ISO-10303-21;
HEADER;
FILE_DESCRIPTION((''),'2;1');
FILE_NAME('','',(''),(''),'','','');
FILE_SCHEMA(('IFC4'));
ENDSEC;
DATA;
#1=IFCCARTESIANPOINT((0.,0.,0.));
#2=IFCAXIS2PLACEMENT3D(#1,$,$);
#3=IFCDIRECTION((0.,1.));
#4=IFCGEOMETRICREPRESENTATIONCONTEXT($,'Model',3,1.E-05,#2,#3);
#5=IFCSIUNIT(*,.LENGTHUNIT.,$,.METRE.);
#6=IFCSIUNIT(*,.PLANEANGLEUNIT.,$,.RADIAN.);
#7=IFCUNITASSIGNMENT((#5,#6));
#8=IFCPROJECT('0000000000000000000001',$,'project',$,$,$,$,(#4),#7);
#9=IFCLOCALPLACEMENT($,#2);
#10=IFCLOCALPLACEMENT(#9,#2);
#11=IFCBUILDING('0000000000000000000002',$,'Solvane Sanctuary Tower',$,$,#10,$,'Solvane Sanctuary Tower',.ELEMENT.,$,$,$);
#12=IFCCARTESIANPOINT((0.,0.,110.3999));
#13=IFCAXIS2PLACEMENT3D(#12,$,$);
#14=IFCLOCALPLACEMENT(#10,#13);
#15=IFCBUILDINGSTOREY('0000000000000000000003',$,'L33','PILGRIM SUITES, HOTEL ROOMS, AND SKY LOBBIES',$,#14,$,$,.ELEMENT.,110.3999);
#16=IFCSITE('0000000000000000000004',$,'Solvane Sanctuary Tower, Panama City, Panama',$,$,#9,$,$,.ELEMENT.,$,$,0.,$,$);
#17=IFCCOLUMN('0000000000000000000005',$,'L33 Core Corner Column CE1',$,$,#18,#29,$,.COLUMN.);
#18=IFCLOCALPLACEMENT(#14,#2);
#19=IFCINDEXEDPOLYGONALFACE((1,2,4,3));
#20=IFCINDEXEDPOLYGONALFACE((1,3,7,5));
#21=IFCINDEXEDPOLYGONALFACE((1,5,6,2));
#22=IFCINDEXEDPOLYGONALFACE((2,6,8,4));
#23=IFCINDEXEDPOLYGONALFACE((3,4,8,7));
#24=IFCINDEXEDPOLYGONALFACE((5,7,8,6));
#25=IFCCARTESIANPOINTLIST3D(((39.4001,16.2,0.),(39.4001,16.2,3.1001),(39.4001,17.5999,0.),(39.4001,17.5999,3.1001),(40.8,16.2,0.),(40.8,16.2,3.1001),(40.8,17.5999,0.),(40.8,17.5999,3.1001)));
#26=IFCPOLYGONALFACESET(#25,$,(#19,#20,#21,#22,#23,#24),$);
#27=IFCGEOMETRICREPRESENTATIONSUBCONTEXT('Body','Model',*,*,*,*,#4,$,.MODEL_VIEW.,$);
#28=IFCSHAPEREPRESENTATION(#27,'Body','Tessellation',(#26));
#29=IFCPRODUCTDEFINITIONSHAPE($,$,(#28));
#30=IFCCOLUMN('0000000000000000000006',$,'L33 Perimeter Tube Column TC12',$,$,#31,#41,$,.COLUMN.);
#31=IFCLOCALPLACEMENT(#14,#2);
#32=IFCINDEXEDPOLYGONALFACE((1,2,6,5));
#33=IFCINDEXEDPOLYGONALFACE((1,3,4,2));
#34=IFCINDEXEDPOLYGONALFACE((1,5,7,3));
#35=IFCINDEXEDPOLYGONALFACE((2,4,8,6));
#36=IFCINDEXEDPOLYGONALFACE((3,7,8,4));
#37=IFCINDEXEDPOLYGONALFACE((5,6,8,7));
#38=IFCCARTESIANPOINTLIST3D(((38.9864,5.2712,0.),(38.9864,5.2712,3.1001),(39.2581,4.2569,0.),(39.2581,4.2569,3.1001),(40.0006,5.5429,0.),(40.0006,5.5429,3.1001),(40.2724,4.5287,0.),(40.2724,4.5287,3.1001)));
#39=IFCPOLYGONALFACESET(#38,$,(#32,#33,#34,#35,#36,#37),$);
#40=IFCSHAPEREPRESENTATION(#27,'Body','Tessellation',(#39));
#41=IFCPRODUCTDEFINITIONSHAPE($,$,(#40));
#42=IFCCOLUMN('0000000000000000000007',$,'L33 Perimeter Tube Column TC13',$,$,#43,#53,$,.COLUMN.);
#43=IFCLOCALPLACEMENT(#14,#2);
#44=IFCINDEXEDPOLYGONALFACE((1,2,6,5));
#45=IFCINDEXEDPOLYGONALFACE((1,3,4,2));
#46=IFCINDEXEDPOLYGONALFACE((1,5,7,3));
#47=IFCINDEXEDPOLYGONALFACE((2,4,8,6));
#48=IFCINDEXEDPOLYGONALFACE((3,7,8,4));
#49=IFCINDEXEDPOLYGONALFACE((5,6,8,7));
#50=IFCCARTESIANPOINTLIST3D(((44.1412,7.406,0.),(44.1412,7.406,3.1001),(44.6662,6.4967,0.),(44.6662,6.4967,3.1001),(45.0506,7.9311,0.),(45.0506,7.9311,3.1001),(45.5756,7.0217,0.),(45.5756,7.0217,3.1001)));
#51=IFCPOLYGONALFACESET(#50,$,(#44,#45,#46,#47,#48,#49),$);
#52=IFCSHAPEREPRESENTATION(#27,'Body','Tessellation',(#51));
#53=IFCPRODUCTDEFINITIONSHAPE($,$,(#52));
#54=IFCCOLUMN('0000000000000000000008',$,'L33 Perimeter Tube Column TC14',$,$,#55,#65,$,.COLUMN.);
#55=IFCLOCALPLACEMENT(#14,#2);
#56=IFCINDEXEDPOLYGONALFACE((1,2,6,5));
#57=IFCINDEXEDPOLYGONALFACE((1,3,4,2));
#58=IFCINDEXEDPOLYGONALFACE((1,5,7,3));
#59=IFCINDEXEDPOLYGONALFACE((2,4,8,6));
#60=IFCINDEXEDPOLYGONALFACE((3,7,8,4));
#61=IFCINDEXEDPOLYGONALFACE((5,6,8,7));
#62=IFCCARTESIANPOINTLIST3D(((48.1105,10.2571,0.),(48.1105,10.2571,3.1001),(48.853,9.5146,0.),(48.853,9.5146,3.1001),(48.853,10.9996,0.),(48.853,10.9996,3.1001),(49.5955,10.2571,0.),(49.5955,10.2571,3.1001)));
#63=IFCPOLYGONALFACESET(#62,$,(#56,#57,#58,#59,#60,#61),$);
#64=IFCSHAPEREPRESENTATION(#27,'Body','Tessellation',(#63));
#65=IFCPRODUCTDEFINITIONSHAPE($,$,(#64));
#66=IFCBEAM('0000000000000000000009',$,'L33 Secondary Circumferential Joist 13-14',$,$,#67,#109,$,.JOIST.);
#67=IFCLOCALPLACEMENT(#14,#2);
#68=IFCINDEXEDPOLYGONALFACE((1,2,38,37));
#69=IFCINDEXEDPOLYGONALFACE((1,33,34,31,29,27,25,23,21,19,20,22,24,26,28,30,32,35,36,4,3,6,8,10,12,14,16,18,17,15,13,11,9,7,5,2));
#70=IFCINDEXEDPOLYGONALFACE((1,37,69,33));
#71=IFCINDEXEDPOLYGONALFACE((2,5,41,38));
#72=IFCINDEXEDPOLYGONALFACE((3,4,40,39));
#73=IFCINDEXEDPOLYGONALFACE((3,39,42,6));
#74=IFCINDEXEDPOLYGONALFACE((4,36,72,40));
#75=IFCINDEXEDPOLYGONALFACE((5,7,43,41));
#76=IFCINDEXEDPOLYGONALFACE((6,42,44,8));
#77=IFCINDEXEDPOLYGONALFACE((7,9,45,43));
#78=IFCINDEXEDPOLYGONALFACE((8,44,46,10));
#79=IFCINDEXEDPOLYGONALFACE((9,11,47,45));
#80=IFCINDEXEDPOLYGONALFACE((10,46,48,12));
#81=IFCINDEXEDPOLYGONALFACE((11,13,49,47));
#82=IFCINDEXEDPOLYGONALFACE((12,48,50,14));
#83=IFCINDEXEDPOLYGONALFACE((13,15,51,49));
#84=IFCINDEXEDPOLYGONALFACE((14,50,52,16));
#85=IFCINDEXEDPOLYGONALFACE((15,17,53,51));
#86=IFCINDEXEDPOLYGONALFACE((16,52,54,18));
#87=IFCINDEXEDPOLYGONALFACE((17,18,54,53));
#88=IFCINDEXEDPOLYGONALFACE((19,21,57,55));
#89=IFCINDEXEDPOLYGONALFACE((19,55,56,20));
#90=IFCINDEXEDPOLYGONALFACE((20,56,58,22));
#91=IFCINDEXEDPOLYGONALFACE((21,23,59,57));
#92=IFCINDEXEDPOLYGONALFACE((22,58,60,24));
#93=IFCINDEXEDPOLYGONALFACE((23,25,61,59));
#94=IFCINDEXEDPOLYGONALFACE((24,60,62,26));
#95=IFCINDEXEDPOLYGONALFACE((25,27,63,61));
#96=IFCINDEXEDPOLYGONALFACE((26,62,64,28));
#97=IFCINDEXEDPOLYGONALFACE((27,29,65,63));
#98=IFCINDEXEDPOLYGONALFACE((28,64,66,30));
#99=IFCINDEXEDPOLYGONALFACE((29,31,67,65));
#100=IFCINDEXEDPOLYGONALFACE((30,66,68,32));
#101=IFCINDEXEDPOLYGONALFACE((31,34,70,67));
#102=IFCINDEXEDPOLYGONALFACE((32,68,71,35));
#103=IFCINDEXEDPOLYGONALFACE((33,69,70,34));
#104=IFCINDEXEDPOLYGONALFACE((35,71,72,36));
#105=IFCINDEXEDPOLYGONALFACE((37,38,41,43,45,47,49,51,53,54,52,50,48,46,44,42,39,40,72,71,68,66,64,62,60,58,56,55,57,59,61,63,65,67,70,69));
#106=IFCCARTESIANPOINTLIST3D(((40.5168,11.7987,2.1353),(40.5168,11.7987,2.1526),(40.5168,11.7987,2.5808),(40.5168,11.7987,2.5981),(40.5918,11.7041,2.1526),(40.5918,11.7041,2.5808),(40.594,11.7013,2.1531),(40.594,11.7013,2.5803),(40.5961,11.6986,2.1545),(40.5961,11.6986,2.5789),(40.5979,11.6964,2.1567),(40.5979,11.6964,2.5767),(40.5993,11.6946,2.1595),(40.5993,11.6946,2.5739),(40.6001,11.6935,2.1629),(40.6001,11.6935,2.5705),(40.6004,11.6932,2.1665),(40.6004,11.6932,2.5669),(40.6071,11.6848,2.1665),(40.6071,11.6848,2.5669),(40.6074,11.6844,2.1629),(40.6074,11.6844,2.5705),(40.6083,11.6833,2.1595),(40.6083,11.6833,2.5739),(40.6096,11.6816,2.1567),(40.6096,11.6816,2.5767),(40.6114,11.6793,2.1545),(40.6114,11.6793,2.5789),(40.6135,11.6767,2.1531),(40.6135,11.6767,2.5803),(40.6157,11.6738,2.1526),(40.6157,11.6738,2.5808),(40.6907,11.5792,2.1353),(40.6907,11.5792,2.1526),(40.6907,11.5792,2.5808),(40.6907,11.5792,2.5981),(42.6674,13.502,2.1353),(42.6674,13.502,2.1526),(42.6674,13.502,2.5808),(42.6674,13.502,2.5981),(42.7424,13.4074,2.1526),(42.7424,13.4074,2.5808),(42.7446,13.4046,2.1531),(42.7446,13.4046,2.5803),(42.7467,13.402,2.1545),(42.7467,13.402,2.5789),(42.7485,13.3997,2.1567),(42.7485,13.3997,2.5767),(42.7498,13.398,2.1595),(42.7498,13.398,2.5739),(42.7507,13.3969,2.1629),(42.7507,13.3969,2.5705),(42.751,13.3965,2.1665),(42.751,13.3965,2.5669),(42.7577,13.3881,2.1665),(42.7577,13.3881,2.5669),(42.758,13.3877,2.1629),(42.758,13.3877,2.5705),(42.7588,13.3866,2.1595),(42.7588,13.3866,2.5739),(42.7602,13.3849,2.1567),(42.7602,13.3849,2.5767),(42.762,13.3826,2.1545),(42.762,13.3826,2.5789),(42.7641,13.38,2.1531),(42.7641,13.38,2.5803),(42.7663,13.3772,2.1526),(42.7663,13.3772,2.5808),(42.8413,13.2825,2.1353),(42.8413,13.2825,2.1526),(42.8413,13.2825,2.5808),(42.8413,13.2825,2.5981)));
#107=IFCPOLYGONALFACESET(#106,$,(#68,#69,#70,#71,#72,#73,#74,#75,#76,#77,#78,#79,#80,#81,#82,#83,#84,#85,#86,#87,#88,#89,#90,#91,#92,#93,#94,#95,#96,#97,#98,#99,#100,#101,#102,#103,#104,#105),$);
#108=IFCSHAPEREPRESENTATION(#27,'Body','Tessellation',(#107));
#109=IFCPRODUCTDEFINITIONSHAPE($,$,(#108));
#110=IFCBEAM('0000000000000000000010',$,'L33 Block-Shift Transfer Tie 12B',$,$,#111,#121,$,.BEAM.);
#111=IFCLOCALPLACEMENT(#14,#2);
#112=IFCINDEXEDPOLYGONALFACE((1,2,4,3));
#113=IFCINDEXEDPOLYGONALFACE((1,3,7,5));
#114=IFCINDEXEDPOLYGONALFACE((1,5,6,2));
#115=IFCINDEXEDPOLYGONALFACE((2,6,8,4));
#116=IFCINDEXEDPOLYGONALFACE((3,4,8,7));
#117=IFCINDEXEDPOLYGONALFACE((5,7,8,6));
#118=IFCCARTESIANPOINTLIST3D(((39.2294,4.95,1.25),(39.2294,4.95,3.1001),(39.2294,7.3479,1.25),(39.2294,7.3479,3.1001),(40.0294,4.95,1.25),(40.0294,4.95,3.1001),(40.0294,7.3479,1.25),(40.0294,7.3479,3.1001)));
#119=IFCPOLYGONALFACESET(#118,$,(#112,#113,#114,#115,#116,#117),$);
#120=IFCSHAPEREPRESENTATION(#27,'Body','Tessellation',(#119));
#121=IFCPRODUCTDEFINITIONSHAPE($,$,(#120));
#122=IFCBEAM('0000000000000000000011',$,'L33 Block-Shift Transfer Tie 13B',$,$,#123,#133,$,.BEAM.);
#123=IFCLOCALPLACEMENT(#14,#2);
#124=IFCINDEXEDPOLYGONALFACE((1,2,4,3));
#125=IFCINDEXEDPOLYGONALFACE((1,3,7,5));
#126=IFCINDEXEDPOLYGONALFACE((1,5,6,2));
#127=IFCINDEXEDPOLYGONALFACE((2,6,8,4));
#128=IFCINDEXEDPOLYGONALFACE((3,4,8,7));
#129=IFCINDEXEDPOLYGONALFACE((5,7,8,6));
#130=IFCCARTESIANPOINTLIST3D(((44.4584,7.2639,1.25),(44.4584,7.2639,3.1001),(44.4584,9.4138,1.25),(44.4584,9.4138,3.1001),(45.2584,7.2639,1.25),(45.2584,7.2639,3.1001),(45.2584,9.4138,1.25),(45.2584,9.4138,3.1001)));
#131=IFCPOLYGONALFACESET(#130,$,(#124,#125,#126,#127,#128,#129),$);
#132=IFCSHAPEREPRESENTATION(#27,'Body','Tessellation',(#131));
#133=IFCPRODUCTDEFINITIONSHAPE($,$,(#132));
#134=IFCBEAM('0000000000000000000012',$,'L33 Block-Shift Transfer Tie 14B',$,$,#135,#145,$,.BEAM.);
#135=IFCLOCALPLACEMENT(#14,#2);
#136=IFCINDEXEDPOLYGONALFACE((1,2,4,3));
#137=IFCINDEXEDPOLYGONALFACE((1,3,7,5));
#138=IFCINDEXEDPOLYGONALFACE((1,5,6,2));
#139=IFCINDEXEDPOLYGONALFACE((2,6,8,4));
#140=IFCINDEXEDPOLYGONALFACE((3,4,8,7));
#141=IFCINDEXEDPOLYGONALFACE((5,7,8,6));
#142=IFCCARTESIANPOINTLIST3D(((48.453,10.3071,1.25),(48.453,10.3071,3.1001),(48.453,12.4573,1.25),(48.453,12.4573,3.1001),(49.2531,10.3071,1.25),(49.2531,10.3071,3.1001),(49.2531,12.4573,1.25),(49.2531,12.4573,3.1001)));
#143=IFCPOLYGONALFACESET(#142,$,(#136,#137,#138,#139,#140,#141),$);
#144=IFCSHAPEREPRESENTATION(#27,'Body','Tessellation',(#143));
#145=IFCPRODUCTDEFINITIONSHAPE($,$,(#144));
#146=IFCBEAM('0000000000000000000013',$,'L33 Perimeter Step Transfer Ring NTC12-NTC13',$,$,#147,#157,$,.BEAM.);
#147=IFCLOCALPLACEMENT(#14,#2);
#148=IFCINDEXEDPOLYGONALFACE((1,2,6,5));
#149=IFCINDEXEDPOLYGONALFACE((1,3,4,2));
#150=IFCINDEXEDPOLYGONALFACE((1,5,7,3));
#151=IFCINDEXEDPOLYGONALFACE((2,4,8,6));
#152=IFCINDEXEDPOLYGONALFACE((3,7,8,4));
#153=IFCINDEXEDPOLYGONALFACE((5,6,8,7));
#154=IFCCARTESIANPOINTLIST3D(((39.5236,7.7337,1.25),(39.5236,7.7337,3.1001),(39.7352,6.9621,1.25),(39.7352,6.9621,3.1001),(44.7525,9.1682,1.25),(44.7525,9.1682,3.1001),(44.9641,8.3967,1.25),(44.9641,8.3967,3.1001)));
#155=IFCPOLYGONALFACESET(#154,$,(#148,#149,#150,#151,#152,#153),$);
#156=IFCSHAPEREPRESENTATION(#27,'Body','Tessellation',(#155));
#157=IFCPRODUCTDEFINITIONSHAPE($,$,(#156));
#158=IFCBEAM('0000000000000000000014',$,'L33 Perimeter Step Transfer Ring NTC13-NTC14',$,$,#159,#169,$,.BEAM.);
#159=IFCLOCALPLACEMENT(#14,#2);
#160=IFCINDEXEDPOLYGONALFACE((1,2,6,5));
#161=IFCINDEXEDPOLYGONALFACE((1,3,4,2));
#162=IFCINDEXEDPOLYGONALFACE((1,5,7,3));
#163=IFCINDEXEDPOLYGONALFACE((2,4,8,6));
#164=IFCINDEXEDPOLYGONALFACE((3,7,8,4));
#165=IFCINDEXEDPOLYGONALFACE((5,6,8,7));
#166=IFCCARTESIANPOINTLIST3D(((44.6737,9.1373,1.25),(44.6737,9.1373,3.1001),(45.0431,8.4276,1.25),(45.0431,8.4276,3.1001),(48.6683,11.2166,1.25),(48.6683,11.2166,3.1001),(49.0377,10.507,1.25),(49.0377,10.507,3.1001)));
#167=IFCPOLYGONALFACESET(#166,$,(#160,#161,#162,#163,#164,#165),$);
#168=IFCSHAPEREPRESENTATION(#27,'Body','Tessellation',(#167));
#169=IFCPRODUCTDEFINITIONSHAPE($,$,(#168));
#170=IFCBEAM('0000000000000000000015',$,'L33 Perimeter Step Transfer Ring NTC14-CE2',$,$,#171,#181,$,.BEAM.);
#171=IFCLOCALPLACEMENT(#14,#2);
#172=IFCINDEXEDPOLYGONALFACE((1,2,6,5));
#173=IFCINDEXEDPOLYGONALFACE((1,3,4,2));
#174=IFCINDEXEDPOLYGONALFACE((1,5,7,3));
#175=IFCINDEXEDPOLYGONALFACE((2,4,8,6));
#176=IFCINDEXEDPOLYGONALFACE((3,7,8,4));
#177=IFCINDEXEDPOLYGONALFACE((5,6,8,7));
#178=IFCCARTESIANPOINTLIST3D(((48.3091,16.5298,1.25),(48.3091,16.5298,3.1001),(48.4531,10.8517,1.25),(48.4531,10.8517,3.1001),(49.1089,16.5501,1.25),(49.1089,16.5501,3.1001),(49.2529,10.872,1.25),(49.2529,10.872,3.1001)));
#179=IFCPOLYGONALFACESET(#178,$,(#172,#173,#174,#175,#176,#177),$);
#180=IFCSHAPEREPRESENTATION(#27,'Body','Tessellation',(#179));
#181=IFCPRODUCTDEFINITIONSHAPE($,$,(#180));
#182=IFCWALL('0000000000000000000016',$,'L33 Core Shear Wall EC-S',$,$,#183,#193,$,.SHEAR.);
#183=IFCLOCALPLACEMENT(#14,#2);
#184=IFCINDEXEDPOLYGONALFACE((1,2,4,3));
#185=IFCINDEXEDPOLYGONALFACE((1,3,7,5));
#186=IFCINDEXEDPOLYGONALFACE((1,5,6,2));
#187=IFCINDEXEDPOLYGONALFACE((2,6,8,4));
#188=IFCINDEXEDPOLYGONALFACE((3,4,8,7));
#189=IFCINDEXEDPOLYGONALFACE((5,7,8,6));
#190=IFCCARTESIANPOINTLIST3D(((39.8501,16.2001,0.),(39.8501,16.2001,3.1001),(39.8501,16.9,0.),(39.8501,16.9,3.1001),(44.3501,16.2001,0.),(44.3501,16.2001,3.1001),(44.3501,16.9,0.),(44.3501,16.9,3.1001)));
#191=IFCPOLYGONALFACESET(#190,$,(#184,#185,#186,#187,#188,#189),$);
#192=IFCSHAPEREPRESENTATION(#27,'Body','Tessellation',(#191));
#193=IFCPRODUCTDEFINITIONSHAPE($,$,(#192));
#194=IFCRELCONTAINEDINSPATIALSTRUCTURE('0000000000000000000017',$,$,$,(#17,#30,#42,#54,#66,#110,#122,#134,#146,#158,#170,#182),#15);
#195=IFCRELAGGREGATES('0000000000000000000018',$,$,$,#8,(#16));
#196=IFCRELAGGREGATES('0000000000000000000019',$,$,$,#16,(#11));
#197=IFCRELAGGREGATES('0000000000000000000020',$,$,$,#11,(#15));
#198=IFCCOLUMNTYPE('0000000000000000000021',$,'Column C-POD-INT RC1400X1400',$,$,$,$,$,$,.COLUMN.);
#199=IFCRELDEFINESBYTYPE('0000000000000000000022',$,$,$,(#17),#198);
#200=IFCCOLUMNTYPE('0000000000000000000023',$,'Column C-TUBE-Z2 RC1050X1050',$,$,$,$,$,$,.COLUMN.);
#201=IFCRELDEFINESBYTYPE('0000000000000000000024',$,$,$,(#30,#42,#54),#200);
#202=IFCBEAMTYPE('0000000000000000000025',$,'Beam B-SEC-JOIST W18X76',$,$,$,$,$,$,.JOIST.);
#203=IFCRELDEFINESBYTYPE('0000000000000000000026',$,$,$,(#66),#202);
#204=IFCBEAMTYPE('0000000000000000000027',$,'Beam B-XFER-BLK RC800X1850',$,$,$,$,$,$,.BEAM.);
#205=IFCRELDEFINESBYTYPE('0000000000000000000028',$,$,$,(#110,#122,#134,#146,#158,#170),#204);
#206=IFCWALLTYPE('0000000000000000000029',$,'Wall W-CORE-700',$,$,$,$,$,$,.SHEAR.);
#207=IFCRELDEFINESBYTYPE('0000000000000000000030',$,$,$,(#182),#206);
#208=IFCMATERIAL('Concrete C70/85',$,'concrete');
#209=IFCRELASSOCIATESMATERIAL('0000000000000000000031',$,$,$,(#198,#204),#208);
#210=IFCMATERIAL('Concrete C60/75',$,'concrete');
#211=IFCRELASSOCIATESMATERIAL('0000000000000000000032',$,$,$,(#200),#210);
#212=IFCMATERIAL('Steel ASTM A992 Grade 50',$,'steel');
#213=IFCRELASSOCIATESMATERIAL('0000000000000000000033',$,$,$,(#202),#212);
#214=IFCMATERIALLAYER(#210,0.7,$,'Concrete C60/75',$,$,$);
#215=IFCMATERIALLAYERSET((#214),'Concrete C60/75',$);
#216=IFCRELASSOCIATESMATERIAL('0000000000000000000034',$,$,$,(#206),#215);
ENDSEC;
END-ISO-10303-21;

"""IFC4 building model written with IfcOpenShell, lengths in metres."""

from ifc_helpers import new_model, si_unit, direction, frame, frame_2d, origin, origin_2d, place, context, subcontext, project, spatial, rectangle, i_section, extrude, material, layer, layer_set, material_profile, profile_set, type_object, element, save


model = new_model("IFC4")

# Units and contexts
model_context = context("Model", 3, precision=1e-05, world=origin(), true_north=direction((0.0, 1.0)))
body_context = subcontext(model_context, "Body", "Model", "MODEL_VIEW")
ifc_project = project(units=[si_unit("LENGTHUNIT", "METRE"), si_unit("PLANEANGLEUNIT", "RADIAN")], contexts=[model_context])

# Site, building, storey
site_placement = place(None, origin())
site = spatial("IfcSite", under=ifc_project, at=site_placement, Name="Solvane Sanctuary Tower, Panama City, Panama", CompositionType="ELEMENT", RefElevation=0.0)
building_placement = place(site_placement, origin())
building = spatial("IfcBuilding", under=site, at=building_placement, Name="Solvane Sanctuary Tower", LongName="Solvane Sanctuary Tower", CompositionType="ELEMENT")
storey_placement = place(building_placement, frame((0.0, 0.0, 110.3999)))
storey = spatial("IfcBuildingStorey", under=building, at=storey_placement, Name="L33", Description="PILGRIM SUITES, HOTEL ROOMS, AND SKY LOBBIES", CompositionType="ELEMENT", Elevation=110.3999)

# Columns
ifc_material_1 = material(Name="Concrete C70/85", Category="concrete")
ifc_material_profile_1 = material_profile(ifc_material_1, rectangle(XDim=1.3999, YDim=1.3999, at=origin_2d()), Name="RC1400X1400")
ifc_profile_set_1 = profile_set([ifc_material_profile_1], Name="Concrete C70/85")
column_type_1 = type_object("IfcColumnType", Name="Column C-POD-INT RC1400X1400", PredefinedType="COLUMN", material=ifc_profile_set_1)
column_placement = place(storey_placement, frame((40.1001, 16.8999, 0.0), z_axis=(0.0, 0.0, 1.0), x_axis=(1.0, 0.0, 0.0)))
element("IfcColumn", 1, at=column_placement, inside=storey, type_object=column_type_1, Name="L33 Core Corner Column CE1", PredefinedType="COLUMN", context=body_context, shape_type="SweptSolid", body=[
    extrude(rectangle(XDim=1.3999, YDim=1.3999, at=origin_2d()), origin(), (0.0, 0.0, 1.0), 3.1001),
])
ifc_material_2 = material(Name="Concrete C60/75", Category="concrete")
ifc_material_profile_2 = material_profile(ifc_material_2, rectangle(XDim=1.05, YDim=1.05, at=origin_2d()), Name="RC1050X1050")
ifc_profile_set_2 = profile_set([ifc_material_profile_2], Name="Concrete C60/75")
column_type_2 = type_object("IfcColumnType", Name="Column C-TUBE-Z2 RC1050X1050", PredefinedType="COLUMN", material=ifc_profile_set_2)
for number, where, z_axis, x_axis, name in (
    (2, (39.6294, 4.8999, 0.0), (0.0, 0.0, 1.0), (0.258819, -0.965926, 0.0), "L33 Perimeter Tube Column TC12"),
    (3, (44.8584, 7.2139, 0.0), (0.0, 0.0, 1.0), (0.5, -0.866025, 0.0), "L33 Perimeter Tube Column TC13"),
    (4, (48.853, 10.2571, 0.0), (0.0, 0.0, 1.0), (0.707107, -0.707107, 0.0), "L33 Perimeter Tube Column TC14"),
):
    element("IfcColumn", number, at=place(storey_placement, frame(where, z_axis=z_axis, x_axis=x_axis)), inside=storey, type_object=column_type_2, Name=name, PredefinedType="COLUMN", context=body_context, shape_type="SweptSolid", body=[
        extrude(rectangle(XDim=1.05, YDim=1.05, at=origin_2d()), origin(), (0.0, 0.0, 1.0), 3.1001),
    ])

# Beams
ifc_material_3 = material(Name="Steel ASTM A992 Grade 50", Category="steel")
ifc_material_profile_3 = material_profile(ifc_material_3, i_section(OverallWidth=0.28, OverallDepth=0.4629, WebThickness=0.0107, FlangeThickness=0.0173, FilletRadius=0.0139, at=origin_2d()), Name="W18X76")
ifc_profile_set_3 = profile_set([ifc_material_profile_3], Name="Steel ASTM A992 Grade 50")
beam_type_1 = type_object("IfcBeamType", Name="Beam B-SEC-JOIST W18X76", PredefinedType="JOIST", material=ifc_profile_set_3)
beam_1_placement = place(storey_placement, frame((40.6038, 11.689, 2.3667), z_axis=(0.783907, 0.620878, 0.0), x_axis=(-0.620878, 0.783907, 0.0)))
element("IfcBeam", 5, at=beam_1_placement, inside=storey, type_object=beam_type_1, Name="L33 Secondary Circumferential Joist 13-14", PredefinedType="JOIST", context=body_context, shape_type="SweptSolid", body=[
    extrude(i_section(OverallWidth=0.28, OverallDepth=0.4629, WebThickness=0.0107, FlangeThickness=0.0173, FilletRadius=0.0139, at=origin_2d()), origin(), (0.0, 0.0, 1.0), 2.7434),
])
ifc_material_profile_4 = material_profile(ifc_material_1, rectangle(XDim=0.8, YDim=1.8501, at=origin_2d()), Name="RC800X1850")
ifc_profile_set_4 = profile_set([ifc_material_profile_4], Name="Concrete C70/85")
beam_type_2 = type_object("IfcBeamType", Name="Beam B-XFER-BLK RC800X1850", PredefinedType="BEAM", material=ifc_profile_set_4)
beam_2_placement = place(storey_placement, frame((39.6294, 4.95, 2.175), z_axis=(0.0, 1.0, 0.0), x_axis=(-1.0, 0.0, 0.0)))
element("IfcBeam", 6, at=beam_2_placement, inside=storey, type_object=beam_type_2, Name="L33 Block-Shift Transfer Tie 12B", PredefinedType="BEAM", context=body_context, shape_type="SweptSolid", body=[
    extrude(rectangle(XDim=0.8, YDim=1.8501, at=origin_2d()), origin(), (0.0, 0.0, 1.0), 2.3979),
])
beam_3_placement = place(storey_placement, frame((44.8584, 7.2639, 2.175), z_axis=(0.0, 1.0, 0.0), x_axis=(-1.0, 0.0, 0.0)))
element("IfcBeam", 7, at=beam_3_placement, inside=storey, type_object=beam_type_2, Name="L33 Block-Shift Transfer Tie 13B", PredefinedType="BEAM", context=body_context, shape_type="SweptSolid", body=[
    extrude(rectangle(XDim=0.8, YDim=1.8501, at=origin_2d()), origin(), (0.0, 0.0, 1.0), 2.1499),
])
beam_4_placement = place(storey_placement, frame((48.853, 10.3071, 2.175), z_axis=(0.0, 1.0, 0.0), x_axis=(-1.0, 0.0, 0.0)))
element("IfcBeam", 8, at=beam_4_placement, inside=storey, type_object=beam_type_2, Name="L33 Block-Shift Transfer Tie 14B", PredefinedType="BEAM", context=body_context, shape_type="SweptSolid", body=[
    extrude(rectangle(XDim=0.8, YDim=1.8501, at=origin_2d()), origin(), (0.0, 0.0, 1.0), 2.1501),
])
beam_5_placement = place(storey_placement, frame((39.6294, 7.3479, 2.175), z_axis=(0.964366, 0.264572, 0.0), x_axis=(-0.264572, 0.964366, 0.0)))
element("IfcBeam", 9, at=beam_5_placement, inside=storey, type_object=beam_type_2, Name="L33 Perimeter Step Transfer Ring NTC12-NTC13", PredefinedType="BEAM", context=body_context, shape_type="SweptSolid", body=[
    extrude(rectangle(XDim=0.8, YDim=1.8501, at=origin_2d()), origin(), (0.0, 0.0, 1.0), 5.4221),
])
beam_6_placement = place(storey_placement, frame((44.8584, 8.7825, 2.175), z_axis=(0.887022, 0.461727, 0.0), x_axis=(-0.461727, 0.887022, 0.0)))
element("IfcBeam", 10, at=beam_6_placement, inside=storey, type_object=beam_type_2, Name="L33 Perimeter Step Transfer Ring NTC13-NTC14", PredefinedType="BEAM", context=body_context, shape_type="SweptSolid", body=[
    extrude(rectangle(XDim=0.8, YDim=1.8501, at=origin_2d()), origin(), (0.0, 0.0, 1.0), 4.5034),
])
beam_7_placement = place(storey_placement, frame((48.853, 10.8618, 2.175), z_axis=(-0.025359, 0.999678, 0.0), x_axis=(-0.999678, -0.025359, 0.0)))
element("IfcBeam", 11, at=beam_7_placement, inside=storey, type_object=beam_type_2, Name="L33 Perimeter Step Transfer Ring NTC14-CE2", PredefinedType="BEAM", context=body_context, shape_type="SweptSolid", body=[
    extrude(rectangle(XDim=0.8, YDim=1.8501, at=origin_2d()), origin(), (0.0, 0.0, 1.0), 5.6799),
])

# Wall
ifc_layer_1 = layer(ifc_material_2, 0.7, Name="Concrete C60/75")
ifc_layer_set_1 = layer_set([ifc_layer_1], Name="Concrete C60/75")
wall_type_1 = type_object("IfcWallType", Name="Wall W-CORE-700", PredefinedType="SHEAR", material=ifc_layer_set_1)
wall_1_placement = place(storey_placement, frame((39.8501, 16.55, 0.0), z_axis=(0.0, 0.0, 1.0), x_axis=(1.0, 0.0, 0.0)))
element("IfcWall", 12, at=wall_1_placement, inside=storey, type_object=wall_type_1, Name="L33 Core Shear Wall EC-S", PredefinedType="SHEAR", context=body_context, shape_type="SweptSolid", body=[
    extrude(rectangle(XDim=4.5, YDim=0.7, at=frame_2d((2.25, 0.0))), origin(), (0.0, 0.0, 1.0), 3.1001),
])

save(model, "model.ifc")
